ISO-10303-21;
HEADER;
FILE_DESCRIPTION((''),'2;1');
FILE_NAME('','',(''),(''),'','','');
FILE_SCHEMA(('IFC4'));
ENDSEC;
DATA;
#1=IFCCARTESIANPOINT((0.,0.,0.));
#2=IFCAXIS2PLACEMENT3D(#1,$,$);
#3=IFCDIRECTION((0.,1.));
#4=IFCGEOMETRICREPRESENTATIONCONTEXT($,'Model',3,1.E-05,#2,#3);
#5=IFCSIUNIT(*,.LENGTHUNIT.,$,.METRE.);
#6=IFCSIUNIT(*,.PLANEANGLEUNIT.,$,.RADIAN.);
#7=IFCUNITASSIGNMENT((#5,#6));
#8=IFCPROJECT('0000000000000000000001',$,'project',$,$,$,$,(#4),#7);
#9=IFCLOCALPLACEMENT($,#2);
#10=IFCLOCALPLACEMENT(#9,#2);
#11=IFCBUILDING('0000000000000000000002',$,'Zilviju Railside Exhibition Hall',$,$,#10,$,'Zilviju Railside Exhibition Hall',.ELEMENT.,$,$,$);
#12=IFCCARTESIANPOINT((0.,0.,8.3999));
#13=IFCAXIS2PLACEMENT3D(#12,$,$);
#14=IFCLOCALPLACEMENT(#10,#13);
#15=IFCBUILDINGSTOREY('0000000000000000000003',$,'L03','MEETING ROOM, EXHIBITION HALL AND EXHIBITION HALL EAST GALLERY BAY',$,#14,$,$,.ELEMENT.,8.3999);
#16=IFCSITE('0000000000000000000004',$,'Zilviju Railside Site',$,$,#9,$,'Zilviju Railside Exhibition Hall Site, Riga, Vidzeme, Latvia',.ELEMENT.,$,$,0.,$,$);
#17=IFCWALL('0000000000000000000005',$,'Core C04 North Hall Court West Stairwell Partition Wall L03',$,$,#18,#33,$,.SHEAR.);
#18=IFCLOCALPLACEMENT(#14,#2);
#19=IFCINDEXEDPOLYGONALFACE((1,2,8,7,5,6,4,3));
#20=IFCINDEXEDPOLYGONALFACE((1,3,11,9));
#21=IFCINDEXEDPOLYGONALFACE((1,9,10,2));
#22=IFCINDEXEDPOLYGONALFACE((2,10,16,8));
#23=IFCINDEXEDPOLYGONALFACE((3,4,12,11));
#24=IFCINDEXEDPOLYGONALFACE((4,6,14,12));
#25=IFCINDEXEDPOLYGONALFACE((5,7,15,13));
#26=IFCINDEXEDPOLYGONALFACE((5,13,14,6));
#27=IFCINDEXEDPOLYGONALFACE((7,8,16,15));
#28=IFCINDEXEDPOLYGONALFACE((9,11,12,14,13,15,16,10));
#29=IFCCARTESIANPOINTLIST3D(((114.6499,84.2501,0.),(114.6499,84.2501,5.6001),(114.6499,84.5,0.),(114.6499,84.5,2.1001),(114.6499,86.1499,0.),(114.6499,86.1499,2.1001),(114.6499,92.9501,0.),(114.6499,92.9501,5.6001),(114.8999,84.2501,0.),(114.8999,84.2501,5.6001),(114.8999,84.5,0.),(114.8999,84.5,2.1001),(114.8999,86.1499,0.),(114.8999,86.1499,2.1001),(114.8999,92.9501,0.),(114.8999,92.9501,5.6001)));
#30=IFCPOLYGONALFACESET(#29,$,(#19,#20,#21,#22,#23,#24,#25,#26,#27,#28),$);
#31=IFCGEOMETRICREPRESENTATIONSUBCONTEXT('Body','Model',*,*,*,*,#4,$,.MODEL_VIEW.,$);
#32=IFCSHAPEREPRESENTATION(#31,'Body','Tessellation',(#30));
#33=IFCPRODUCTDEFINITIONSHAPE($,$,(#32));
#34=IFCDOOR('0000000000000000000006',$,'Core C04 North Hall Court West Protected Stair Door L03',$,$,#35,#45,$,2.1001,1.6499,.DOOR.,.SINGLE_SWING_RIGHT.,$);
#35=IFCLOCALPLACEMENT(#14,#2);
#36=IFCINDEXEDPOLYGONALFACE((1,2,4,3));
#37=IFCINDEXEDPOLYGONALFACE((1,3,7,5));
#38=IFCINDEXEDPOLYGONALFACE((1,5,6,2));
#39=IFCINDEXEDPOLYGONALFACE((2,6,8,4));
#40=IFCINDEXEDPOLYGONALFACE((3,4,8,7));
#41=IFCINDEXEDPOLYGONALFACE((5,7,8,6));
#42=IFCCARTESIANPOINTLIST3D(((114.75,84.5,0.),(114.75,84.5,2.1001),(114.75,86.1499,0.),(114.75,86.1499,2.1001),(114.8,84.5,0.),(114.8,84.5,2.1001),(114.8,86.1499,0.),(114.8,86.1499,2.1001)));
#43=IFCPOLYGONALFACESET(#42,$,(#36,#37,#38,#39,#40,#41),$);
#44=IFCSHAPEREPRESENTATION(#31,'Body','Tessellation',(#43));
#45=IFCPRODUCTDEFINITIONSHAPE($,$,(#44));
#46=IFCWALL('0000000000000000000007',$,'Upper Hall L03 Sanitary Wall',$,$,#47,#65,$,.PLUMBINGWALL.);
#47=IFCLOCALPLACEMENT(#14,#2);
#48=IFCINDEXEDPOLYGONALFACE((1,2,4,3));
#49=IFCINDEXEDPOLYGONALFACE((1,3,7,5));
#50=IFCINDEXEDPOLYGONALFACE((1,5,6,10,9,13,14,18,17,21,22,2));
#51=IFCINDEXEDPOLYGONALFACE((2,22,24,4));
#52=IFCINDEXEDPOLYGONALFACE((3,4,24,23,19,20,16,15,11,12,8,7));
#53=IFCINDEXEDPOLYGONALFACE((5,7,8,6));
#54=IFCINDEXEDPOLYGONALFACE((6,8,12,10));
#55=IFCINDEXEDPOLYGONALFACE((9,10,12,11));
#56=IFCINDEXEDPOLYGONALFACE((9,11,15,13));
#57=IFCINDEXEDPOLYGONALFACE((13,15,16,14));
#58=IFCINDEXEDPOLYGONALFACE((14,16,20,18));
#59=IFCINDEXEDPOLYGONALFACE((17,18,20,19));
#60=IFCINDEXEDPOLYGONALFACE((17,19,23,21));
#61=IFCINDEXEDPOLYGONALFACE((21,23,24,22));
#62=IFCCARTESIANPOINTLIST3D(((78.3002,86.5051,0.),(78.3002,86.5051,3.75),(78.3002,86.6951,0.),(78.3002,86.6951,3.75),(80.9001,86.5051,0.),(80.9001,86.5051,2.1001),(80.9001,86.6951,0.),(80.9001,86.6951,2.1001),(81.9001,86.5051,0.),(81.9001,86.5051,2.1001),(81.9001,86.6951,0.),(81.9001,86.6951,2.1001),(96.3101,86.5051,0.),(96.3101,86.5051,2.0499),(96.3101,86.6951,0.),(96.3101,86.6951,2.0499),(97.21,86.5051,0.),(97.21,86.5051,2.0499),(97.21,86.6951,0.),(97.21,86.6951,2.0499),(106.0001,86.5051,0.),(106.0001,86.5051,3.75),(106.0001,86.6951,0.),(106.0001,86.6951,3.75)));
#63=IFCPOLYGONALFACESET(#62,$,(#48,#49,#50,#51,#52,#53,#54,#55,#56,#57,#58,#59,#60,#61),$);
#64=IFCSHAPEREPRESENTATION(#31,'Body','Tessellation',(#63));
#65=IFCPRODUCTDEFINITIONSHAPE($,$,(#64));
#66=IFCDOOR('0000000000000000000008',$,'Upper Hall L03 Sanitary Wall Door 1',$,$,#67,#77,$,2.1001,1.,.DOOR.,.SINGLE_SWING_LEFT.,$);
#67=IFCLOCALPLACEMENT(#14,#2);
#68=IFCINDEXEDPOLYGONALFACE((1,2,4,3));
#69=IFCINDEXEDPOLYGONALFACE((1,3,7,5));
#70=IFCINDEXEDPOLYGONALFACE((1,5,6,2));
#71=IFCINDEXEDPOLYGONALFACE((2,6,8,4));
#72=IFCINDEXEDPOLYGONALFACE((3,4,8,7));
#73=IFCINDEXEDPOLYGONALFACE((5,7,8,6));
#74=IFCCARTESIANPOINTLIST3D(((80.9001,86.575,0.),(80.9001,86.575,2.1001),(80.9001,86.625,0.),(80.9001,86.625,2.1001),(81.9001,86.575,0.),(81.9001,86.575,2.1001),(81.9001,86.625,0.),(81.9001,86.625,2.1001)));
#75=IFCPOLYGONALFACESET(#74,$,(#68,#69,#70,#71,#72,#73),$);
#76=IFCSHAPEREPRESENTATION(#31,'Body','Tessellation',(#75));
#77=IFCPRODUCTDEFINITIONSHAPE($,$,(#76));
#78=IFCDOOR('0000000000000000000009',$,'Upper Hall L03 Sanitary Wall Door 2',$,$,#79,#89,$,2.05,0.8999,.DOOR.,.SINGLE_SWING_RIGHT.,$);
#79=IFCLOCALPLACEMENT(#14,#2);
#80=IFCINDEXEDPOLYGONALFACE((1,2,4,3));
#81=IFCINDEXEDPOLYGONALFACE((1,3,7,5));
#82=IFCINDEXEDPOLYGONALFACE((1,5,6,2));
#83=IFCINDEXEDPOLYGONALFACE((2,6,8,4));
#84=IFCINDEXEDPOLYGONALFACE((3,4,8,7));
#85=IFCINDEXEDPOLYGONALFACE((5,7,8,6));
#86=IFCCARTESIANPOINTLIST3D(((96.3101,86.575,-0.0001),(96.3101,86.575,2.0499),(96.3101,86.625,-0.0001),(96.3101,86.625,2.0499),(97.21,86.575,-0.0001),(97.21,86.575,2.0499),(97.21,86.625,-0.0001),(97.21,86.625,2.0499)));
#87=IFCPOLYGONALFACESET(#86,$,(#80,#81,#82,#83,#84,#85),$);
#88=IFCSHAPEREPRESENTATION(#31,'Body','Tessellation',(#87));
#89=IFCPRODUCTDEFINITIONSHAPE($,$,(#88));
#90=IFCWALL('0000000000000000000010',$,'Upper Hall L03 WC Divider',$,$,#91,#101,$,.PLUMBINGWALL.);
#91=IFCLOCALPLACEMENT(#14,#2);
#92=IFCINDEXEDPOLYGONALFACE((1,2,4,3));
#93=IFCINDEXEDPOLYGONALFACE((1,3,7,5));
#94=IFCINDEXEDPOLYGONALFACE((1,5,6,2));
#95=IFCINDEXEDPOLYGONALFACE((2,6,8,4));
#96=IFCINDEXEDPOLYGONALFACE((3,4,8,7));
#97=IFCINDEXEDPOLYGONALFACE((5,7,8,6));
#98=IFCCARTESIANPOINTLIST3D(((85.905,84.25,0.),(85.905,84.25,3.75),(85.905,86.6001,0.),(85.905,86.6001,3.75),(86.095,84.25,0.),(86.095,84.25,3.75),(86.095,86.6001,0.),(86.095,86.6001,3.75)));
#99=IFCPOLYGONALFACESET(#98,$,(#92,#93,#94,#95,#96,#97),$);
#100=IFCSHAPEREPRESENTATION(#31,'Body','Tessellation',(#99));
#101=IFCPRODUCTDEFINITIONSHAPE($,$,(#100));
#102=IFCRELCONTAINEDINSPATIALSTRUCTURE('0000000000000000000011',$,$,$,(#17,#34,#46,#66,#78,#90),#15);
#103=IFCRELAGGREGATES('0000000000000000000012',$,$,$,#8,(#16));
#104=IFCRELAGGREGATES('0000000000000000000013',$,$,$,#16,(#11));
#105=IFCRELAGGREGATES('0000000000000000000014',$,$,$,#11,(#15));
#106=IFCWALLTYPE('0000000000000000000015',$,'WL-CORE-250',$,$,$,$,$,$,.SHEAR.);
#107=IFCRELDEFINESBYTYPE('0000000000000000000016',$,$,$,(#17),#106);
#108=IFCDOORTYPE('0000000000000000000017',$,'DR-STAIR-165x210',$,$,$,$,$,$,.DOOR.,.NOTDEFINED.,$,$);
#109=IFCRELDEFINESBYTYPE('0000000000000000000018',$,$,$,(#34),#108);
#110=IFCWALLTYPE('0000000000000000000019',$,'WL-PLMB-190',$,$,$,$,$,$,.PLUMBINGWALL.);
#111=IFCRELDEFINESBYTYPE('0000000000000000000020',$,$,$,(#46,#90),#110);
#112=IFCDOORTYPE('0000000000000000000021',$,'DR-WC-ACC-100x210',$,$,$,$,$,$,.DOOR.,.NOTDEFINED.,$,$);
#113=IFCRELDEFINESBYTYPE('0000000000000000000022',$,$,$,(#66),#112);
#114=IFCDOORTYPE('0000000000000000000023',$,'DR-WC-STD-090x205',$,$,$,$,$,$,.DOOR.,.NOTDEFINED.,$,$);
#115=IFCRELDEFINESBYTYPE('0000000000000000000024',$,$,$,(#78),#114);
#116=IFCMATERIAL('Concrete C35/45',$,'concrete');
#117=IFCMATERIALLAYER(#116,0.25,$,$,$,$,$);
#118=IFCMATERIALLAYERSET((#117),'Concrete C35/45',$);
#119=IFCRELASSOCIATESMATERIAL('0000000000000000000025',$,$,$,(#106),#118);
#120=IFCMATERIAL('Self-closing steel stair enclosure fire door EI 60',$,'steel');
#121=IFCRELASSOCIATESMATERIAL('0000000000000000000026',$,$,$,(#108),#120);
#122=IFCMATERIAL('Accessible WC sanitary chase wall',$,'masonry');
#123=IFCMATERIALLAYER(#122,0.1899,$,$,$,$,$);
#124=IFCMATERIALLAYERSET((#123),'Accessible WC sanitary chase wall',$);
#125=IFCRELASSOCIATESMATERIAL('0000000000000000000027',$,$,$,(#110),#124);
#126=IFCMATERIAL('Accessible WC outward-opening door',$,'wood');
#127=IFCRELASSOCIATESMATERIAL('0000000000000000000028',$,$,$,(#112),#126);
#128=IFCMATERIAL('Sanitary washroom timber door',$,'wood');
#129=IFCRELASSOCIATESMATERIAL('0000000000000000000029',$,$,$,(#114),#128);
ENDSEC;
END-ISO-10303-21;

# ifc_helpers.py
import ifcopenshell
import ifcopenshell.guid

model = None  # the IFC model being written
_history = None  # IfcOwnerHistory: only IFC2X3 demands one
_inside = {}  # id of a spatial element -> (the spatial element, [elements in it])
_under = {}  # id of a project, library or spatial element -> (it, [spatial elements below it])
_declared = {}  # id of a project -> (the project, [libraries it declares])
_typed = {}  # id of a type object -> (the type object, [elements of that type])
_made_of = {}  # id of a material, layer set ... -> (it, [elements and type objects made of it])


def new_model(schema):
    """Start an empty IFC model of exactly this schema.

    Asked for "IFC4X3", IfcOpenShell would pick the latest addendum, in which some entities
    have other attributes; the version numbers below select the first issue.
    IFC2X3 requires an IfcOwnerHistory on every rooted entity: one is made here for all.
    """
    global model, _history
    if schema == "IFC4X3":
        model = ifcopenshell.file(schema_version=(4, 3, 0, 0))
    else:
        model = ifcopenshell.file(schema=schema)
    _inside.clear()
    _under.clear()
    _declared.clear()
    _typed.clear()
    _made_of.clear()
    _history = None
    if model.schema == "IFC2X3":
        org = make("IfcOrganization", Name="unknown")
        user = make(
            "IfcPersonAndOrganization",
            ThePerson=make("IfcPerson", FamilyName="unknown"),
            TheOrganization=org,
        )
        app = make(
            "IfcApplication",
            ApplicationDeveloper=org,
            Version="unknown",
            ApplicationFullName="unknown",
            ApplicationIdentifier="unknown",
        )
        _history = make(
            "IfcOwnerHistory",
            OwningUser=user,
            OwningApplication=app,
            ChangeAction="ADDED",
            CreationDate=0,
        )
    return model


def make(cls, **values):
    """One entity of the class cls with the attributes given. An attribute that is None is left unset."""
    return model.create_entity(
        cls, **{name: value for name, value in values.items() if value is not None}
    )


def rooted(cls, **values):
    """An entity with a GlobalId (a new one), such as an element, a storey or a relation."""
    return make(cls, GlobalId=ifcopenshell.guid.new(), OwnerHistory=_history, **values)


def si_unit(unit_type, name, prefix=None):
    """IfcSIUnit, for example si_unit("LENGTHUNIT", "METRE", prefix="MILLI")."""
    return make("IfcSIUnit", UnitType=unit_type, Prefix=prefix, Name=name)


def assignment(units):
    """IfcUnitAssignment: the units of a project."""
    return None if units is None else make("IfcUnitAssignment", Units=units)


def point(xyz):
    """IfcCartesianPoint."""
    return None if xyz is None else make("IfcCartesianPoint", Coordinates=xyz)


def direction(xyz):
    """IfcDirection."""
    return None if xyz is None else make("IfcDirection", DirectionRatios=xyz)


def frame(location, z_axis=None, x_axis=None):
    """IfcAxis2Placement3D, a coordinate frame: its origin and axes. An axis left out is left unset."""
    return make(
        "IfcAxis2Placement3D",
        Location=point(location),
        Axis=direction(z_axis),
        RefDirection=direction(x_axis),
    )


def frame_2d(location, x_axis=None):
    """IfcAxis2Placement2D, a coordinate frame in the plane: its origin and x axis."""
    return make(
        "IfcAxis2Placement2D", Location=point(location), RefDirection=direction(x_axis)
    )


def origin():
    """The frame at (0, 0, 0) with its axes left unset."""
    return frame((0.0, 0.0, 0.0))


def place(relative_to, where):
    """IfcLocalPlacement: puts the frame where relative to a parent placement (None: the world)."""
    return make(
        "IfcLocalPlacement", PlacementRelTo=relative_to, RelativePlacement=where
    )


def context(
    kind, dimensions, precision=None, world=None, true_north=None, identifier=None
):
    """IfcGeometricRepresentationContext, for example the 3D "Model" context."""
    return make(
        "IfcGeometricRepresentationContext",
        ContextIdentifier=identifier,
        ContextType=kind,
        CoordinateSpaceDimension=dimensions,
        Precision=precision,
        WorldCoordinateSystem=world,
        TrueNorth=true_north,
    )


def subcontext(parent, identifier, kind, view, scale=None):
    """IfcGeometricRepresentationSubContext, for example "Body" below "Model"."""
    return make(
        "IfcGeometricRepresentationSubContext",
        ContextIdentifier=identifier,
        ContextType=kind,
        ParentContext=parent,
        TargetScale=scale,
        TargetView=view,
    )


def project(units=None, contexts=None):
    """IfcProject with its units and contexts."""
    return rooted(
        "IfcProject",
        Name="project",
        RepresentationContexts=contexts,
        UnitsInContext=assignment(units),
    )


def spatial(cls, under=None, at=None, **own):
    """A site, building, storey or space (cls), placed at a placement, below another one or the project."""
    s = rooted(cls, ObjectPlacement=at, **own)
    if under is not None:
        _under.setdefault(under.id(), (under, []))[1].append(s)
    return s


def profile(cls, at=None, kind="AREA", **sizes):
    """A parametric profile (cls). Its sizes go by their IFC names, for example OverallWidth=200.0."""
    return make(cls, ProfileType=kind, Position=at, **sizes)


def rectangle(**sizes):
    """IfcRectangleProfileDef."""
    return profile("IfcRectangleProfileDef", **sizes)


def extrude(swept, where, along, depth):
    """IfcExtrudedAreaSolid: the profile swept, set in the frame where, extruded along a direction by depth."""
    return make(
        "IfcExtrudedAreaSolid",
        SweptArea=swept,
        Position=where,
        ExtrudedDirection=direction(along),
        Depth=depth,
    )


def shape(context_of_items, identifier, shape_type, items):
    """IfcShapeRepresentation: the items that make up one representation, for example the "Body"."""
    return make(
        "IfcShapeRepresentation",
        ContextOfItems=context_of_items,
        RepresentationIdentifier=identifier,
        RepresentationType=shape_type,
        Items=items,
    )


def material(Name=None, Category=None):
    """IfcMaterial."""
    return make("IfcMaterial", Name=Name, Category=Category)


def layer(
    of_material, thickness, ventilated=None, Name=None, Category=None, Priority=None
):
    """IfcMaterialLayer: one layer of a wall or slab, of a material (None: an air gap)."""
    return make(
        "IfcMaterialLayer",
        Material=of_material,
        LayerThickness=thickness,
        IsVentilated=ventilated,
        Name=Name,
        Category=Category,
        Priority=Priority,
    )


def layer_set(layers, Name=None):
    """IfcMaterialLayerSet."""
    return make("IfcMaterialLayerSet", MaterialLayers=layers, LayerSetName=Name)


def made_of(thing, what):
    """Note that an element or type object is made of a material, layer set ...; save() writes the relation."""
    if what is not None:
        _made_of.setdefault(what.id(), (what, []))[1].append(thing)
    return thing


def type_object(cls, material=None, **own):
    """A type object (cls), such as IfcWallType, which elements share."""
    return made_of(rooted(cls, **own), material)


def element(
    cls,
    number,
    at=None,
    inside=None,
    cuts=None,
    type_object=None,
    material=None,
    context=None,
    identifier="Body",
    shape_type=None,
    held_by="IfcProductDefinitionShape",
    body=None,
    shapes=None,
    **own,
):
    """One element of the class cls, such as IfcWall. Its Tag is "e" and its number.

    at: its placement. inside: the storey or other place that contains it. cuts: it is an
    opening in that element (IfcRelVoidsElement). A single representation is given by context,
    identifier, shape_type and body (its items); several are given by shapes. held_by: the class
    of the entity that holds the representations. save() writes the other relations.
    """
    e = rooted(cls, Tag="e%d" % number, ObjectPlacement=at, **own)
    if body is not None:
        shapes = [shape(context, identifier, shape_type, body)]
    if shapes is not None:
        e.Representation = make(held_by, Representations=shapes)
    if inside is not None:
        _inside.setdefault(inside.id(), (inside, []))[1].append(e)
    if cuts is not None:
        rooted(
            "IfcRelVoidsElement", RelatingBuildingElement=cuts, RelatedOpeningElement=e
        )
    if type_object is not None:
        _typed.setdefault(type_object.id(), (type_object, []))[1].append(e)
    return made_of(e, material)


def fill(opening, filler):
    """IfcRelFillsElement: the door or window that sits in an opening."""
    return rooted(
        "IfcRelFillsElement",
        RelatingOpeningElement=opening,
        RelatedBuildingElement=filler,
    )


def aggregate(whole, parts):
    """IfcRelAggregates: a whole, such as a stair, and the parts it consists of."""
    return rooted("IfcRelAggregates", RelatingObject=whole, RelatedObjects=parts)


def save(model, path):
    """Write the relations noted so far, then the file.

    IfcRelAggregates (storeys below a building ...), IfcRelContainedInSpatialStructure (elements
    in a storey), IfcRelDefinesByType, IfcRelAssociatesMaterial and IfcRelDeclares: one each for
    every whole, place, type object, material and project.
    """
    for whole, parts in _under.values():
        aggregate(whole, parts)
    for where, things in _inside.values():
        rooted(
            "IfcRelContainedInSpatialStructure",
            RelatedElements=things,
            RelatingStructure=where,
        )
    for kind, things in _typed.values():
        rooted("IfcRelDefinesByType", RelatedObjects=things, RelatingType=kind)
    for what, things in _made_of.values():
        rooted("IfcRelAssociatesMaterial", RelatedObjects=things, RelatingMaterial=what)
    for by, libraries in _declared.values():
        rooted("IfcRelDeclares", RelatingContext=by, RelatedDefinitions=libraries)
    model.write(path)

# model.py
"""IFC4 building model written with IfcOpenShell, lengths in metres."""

from ifc_helpers import new_model, si_unit, direction, frame, frame_2d, origin, place, context, subcontext, project, spatial, rectangle, extrude, material, layer, layer_set, type_object, element, fill, save


model = new_model("IFC4")

# Units and contexts
model_context = context("Model", 3, precision=1e-05, world=origin(), true_north=direction((0.0, 1.0)))
body_context = subcontext(model_context, "Body", "Model", "MODEL_VIEW")
ifc_project = project(units=[si_unit("LENGTHUNIT", "METRE"), si_unit("PLANEANGLEUNIT", "RADIAN")], contexts=[model_context])

# Site, building, storey
site_placement = place(None, origin())
site = spatial("IfcSite", under=ifc_project, at=site_placement, Name="Zilviju Railside Site", LongName="Zilviju Railside Exhibition Hall Site, Riga, Vidzeme, Latvia", CompositionType="ELEMENT", RefElevation=0.0)
building_placement = place(site_placement, origin())
building = spatial("IfcBuilding", under=site, at=building_placement, Name="Zilviju Railside Exhibition Hall", LongName="Zilviju Railside Exhibition Hall", CompositionType="ELEMENT")
storey_placement = place(building_placement, frame((0.0, 0.0, 8.3999)))
storey = spatial("IfcBuildingStorey", under=building, at=storey_placement, Name="L03", Description="MEETING ROOM, EXHIBITION HALL AND EXHIBITION HALL EAST GALLERY BAY", CompositionType="ELEMENT", Elevation=8.3999)

# Shared definitions
ifc_material_1 = material(Name="Concrete C35/45", Category="concrete")
ifc_layer_1 = layer(ifc_material_1, 0.25)
ifc_layer_set_1 = layer_set([ifc_layer_1], Name="Concrete C35/45")
wall_type_1 = type_object("IfcWallType", Name="WL-CORE-250", PredefinedType="SHEAR", material=ifc_layer_set_1)

# Wall, opening, door
wall_1_placement = place(storey_placement, frame((114.7749, 84.25, 0.0), z_axis=(0.0, 0.0, 1.0), x_axis=(0.0, 1.0, 0.0)))
wall_1 = element("IfcWall", 1, at=wall_1_placement, inside=storey, type_object=wall_type_1, Name="Core C04 North Hall Court West Stairwell Partition Wall L03", PredefinedType="SHEAR", context=body_context, shape_type="SweptSolid", body=[
    extrude(rectangle(XDim=8.7, YDim=0.25, at=frame_2d((4.3501, 0.0))), origin(), (0.0, 0.0, 1.0), 5.6001),
])
opening_1_placement = place(wall_1_placement, frame((0.25, 0.0, 0.0)))
opening_1 = element("IfcOpeningElement", 2, at=opening_1_placement, cuts=wall_1, PredefinedType="OPENING", context=body_context, shape_type="SweptSolid", body=[
    extrude(rectangle(XDim=1.6499, YDim=2.1001, at=frame_2d((0.825, 1.05))), frame((0.0, 0.135, 0.0), z_axis=(0.0, -1.0, 0.0), x_axis=(1.0, 0.0, 0.0)), (0.0, 0.0, 1.0), 0.27),
])
ifc_material_2 = material(Name="Self-closing steel stair enclosure fire door EI 60", Category="steel")
door_type_1 = type_object("IfcDoorType", Name="DR-STAIR-165x210", OperationType="NOTDEFINED", PredefinedType="DOOR", material=ifc_material_2)
door_1_placement = place(opening_1_placement, origin())
door_1 = element("IfcDoor", 3, at=door_1_placement, inside=storey, type_object=door_type_1, Name="Core C04 North Hall Court West Protected Stair Door L03", OperationType="SINGLE_SWING_RIGHT", OverallHeight=2.1001, OverallWidth=1.6499, PredefinedType="DOOR", context=body_context, shape_type="SweptSolid", body=[
    extrude(rectangle(XDim=1.6499, YDim=2.1001, at=frame_2d((0.825, 1.05))), frame((0.0, 0.0249, 0.0), z_axis=(0.0, -1.0, 0.0), x_axis=(1.0, 0.0, 0.0)), (0.0, 0.0, 1.0), 0.05),
])
fill(opening_1, door_1)

# Wall, openings, doors
ifc_material_3 = material(Name="Accessible WC sanitary chase wall", Category="masonry")
ifc_layer_2 = layer(ifc_material_3, 0.1899)
ifc_layer_set_2 = layer_set([ifc_layer_2], Name="Accessible WC sanitary chase wall")
wall_type_2 = type_object("IfcWallType", Name="WL-PLMB-190", PredefinedType="PLUMBINGWALL", material=ifc_layer_set_2)
wall_2_placement = place(storey_placement, frame((78.3, 86.6001, 0.0), z_axis=(0.0, 0.0, 1.0), x_axis=(1.0, 0.0, 0.0)))
wall_2 = element("IfcWall", 4, at=wall_2_placement, inside=storey, type_object=wall_type_2, Name="Upper Hall L03 Sanitary Wall", PredefinedType="PLUMBINGWALL", context=body_context, shape_type="SweptSolid", body=[
    extrude(rectangle(XDim=27.7, YDim=0.1899, at=frame_2d((13.8501, 0.0))), origin(), (0.0, 0.0, 1.0), 3.75),
])
opening_2_placement = place(wall_2_placement, frame((2.6001, 0.0, 0.0)))
opening_2 = element("IfcOpeningElement", 5, at=opening_2_placement, cuts=wall_2, PredefinedType="OPENING", context=body_context, shape_type="SweptSolid", body=[
    extrude(rectangle(XDim=1.0, YDim=2.1001, at=frame_2d((0.5, 1.05))), frame((0.0, 0.105, 0.0), z_axis=(0.0, -1.0, 0.0), x_axis=(1.0, 0.0, 0.0)), (0.0, 0.0, 1.0), 0.21),
])
opening_3_placement = place(wall_2_placement, frame((18.01, 0.0, 0.0)))
opening_3 = element("IfcOpeningElement", 6, at=opening_3_placement, cuts=wall_2, PredefinedType="OPENING", context=body_context, shape_type="SweptSolid", body=[
    extrude(rectangle(XDim=0.8999, YDim=2.05, at=frame_2d((0.45, 1.0249))), frame((0.0, 0.105, 0.0), z_axis=(0.0, -1.0, 0.0), x_axis=(1.0, 0.0, 0.0)), (0.0, 0.0, 1.0), 0.21),
])
ifc_material_4 = material(Name="Accessible WC outward-opening door", Category="wood")
door_type_2 = type_object("IfcDoorType", Name="DR-WC-ACC-100x210", OperationType="NOTDEFINED", PredefinedType="DOOR", material=ifc_material_4)
door_2_placement = place(opening_2_placement, origin())
door_2 = element("IfcDoor", 7, at=door_2_placement, inside=storey, type_object=door_type_2, Name="Upper Hall L03 Sanitary Wall Door 1", OperationType="SINGLE_SWING_LEFT", OverallHeight=2.1001, OverallWidth=1.0, PredefinedType="DOOR", context=body_context, shape_type="SweptSolid", body=[
    extrude(rectangle(XDim=1.0, YDim=2.1001, at=frame_2d((0.5, 1.05))), frame((0.0, 0.0249, 0.0), z_axis=(0.0, -1.0, 0.0), x_axis=(1.0, 0.0, 0.0)), (0.0, 0.0, 1.0), 0.05),
])
fill(opening_2, door_2)
ifc_material_5 = material(Name="Sanitary washroom timber door", Category="wood")
door_type_3 = type_object("IfcDoorType", Name="DR-WC-STD-090x205", OperationType="NOTDEFINED", PredefinedType="DOOR", material=ifc_material_5)
door_3_placement = place(opening_3_placement, origin())
door_3 = element("IfcDoor", 8, at=door_3_placement, inside=storey, type_object=door_type_3, Name="Upper Hall L03 Sanitary Wall Door 2", OperationType="SINGLE_SWING_RIGHT", OverallHeight=2.05, OverallWidth=0.8999, PredefinedType="DOOR", context=body_context, shape_type="SweptSolid", body=[
    extrude(rectangle(XDim=0.8999, YDim=2.05, at=frame_2d((0.45, 1.0249))), frame((0.0, 0.0249, 0.0), z_axis=(0.0, -1.0, 0.0), x_axis=(1.0, 0.0, 0.0)), (0.0, 0.0, 1.0), 0.05),
])
fill(opening_3, door_3)

# Wall
wall_3_placement = place(storey_placement, frame((86.0, 84.25, 0.0), z_axis=(0.0, 0.0, 1.0), x_axis=(0.0, 1.0, 0.0)))
element("IfcWall", 9, at=wall_3_placement, inside=storey, type_object=wall_type_2, Name="Upper Hall L03 WC Divider", PredefinedType="PLUMBINGWALL", context=body_context, shape_type="SweptSolid", body=[
    extrude(rectangle(XDim=2.3501, YDim=0.1899, at=frame_2d((1.175, 0.0))), origin(), (0.0, 0.0, 1.0), 3.75),
])

save(model, "model.ifc")
